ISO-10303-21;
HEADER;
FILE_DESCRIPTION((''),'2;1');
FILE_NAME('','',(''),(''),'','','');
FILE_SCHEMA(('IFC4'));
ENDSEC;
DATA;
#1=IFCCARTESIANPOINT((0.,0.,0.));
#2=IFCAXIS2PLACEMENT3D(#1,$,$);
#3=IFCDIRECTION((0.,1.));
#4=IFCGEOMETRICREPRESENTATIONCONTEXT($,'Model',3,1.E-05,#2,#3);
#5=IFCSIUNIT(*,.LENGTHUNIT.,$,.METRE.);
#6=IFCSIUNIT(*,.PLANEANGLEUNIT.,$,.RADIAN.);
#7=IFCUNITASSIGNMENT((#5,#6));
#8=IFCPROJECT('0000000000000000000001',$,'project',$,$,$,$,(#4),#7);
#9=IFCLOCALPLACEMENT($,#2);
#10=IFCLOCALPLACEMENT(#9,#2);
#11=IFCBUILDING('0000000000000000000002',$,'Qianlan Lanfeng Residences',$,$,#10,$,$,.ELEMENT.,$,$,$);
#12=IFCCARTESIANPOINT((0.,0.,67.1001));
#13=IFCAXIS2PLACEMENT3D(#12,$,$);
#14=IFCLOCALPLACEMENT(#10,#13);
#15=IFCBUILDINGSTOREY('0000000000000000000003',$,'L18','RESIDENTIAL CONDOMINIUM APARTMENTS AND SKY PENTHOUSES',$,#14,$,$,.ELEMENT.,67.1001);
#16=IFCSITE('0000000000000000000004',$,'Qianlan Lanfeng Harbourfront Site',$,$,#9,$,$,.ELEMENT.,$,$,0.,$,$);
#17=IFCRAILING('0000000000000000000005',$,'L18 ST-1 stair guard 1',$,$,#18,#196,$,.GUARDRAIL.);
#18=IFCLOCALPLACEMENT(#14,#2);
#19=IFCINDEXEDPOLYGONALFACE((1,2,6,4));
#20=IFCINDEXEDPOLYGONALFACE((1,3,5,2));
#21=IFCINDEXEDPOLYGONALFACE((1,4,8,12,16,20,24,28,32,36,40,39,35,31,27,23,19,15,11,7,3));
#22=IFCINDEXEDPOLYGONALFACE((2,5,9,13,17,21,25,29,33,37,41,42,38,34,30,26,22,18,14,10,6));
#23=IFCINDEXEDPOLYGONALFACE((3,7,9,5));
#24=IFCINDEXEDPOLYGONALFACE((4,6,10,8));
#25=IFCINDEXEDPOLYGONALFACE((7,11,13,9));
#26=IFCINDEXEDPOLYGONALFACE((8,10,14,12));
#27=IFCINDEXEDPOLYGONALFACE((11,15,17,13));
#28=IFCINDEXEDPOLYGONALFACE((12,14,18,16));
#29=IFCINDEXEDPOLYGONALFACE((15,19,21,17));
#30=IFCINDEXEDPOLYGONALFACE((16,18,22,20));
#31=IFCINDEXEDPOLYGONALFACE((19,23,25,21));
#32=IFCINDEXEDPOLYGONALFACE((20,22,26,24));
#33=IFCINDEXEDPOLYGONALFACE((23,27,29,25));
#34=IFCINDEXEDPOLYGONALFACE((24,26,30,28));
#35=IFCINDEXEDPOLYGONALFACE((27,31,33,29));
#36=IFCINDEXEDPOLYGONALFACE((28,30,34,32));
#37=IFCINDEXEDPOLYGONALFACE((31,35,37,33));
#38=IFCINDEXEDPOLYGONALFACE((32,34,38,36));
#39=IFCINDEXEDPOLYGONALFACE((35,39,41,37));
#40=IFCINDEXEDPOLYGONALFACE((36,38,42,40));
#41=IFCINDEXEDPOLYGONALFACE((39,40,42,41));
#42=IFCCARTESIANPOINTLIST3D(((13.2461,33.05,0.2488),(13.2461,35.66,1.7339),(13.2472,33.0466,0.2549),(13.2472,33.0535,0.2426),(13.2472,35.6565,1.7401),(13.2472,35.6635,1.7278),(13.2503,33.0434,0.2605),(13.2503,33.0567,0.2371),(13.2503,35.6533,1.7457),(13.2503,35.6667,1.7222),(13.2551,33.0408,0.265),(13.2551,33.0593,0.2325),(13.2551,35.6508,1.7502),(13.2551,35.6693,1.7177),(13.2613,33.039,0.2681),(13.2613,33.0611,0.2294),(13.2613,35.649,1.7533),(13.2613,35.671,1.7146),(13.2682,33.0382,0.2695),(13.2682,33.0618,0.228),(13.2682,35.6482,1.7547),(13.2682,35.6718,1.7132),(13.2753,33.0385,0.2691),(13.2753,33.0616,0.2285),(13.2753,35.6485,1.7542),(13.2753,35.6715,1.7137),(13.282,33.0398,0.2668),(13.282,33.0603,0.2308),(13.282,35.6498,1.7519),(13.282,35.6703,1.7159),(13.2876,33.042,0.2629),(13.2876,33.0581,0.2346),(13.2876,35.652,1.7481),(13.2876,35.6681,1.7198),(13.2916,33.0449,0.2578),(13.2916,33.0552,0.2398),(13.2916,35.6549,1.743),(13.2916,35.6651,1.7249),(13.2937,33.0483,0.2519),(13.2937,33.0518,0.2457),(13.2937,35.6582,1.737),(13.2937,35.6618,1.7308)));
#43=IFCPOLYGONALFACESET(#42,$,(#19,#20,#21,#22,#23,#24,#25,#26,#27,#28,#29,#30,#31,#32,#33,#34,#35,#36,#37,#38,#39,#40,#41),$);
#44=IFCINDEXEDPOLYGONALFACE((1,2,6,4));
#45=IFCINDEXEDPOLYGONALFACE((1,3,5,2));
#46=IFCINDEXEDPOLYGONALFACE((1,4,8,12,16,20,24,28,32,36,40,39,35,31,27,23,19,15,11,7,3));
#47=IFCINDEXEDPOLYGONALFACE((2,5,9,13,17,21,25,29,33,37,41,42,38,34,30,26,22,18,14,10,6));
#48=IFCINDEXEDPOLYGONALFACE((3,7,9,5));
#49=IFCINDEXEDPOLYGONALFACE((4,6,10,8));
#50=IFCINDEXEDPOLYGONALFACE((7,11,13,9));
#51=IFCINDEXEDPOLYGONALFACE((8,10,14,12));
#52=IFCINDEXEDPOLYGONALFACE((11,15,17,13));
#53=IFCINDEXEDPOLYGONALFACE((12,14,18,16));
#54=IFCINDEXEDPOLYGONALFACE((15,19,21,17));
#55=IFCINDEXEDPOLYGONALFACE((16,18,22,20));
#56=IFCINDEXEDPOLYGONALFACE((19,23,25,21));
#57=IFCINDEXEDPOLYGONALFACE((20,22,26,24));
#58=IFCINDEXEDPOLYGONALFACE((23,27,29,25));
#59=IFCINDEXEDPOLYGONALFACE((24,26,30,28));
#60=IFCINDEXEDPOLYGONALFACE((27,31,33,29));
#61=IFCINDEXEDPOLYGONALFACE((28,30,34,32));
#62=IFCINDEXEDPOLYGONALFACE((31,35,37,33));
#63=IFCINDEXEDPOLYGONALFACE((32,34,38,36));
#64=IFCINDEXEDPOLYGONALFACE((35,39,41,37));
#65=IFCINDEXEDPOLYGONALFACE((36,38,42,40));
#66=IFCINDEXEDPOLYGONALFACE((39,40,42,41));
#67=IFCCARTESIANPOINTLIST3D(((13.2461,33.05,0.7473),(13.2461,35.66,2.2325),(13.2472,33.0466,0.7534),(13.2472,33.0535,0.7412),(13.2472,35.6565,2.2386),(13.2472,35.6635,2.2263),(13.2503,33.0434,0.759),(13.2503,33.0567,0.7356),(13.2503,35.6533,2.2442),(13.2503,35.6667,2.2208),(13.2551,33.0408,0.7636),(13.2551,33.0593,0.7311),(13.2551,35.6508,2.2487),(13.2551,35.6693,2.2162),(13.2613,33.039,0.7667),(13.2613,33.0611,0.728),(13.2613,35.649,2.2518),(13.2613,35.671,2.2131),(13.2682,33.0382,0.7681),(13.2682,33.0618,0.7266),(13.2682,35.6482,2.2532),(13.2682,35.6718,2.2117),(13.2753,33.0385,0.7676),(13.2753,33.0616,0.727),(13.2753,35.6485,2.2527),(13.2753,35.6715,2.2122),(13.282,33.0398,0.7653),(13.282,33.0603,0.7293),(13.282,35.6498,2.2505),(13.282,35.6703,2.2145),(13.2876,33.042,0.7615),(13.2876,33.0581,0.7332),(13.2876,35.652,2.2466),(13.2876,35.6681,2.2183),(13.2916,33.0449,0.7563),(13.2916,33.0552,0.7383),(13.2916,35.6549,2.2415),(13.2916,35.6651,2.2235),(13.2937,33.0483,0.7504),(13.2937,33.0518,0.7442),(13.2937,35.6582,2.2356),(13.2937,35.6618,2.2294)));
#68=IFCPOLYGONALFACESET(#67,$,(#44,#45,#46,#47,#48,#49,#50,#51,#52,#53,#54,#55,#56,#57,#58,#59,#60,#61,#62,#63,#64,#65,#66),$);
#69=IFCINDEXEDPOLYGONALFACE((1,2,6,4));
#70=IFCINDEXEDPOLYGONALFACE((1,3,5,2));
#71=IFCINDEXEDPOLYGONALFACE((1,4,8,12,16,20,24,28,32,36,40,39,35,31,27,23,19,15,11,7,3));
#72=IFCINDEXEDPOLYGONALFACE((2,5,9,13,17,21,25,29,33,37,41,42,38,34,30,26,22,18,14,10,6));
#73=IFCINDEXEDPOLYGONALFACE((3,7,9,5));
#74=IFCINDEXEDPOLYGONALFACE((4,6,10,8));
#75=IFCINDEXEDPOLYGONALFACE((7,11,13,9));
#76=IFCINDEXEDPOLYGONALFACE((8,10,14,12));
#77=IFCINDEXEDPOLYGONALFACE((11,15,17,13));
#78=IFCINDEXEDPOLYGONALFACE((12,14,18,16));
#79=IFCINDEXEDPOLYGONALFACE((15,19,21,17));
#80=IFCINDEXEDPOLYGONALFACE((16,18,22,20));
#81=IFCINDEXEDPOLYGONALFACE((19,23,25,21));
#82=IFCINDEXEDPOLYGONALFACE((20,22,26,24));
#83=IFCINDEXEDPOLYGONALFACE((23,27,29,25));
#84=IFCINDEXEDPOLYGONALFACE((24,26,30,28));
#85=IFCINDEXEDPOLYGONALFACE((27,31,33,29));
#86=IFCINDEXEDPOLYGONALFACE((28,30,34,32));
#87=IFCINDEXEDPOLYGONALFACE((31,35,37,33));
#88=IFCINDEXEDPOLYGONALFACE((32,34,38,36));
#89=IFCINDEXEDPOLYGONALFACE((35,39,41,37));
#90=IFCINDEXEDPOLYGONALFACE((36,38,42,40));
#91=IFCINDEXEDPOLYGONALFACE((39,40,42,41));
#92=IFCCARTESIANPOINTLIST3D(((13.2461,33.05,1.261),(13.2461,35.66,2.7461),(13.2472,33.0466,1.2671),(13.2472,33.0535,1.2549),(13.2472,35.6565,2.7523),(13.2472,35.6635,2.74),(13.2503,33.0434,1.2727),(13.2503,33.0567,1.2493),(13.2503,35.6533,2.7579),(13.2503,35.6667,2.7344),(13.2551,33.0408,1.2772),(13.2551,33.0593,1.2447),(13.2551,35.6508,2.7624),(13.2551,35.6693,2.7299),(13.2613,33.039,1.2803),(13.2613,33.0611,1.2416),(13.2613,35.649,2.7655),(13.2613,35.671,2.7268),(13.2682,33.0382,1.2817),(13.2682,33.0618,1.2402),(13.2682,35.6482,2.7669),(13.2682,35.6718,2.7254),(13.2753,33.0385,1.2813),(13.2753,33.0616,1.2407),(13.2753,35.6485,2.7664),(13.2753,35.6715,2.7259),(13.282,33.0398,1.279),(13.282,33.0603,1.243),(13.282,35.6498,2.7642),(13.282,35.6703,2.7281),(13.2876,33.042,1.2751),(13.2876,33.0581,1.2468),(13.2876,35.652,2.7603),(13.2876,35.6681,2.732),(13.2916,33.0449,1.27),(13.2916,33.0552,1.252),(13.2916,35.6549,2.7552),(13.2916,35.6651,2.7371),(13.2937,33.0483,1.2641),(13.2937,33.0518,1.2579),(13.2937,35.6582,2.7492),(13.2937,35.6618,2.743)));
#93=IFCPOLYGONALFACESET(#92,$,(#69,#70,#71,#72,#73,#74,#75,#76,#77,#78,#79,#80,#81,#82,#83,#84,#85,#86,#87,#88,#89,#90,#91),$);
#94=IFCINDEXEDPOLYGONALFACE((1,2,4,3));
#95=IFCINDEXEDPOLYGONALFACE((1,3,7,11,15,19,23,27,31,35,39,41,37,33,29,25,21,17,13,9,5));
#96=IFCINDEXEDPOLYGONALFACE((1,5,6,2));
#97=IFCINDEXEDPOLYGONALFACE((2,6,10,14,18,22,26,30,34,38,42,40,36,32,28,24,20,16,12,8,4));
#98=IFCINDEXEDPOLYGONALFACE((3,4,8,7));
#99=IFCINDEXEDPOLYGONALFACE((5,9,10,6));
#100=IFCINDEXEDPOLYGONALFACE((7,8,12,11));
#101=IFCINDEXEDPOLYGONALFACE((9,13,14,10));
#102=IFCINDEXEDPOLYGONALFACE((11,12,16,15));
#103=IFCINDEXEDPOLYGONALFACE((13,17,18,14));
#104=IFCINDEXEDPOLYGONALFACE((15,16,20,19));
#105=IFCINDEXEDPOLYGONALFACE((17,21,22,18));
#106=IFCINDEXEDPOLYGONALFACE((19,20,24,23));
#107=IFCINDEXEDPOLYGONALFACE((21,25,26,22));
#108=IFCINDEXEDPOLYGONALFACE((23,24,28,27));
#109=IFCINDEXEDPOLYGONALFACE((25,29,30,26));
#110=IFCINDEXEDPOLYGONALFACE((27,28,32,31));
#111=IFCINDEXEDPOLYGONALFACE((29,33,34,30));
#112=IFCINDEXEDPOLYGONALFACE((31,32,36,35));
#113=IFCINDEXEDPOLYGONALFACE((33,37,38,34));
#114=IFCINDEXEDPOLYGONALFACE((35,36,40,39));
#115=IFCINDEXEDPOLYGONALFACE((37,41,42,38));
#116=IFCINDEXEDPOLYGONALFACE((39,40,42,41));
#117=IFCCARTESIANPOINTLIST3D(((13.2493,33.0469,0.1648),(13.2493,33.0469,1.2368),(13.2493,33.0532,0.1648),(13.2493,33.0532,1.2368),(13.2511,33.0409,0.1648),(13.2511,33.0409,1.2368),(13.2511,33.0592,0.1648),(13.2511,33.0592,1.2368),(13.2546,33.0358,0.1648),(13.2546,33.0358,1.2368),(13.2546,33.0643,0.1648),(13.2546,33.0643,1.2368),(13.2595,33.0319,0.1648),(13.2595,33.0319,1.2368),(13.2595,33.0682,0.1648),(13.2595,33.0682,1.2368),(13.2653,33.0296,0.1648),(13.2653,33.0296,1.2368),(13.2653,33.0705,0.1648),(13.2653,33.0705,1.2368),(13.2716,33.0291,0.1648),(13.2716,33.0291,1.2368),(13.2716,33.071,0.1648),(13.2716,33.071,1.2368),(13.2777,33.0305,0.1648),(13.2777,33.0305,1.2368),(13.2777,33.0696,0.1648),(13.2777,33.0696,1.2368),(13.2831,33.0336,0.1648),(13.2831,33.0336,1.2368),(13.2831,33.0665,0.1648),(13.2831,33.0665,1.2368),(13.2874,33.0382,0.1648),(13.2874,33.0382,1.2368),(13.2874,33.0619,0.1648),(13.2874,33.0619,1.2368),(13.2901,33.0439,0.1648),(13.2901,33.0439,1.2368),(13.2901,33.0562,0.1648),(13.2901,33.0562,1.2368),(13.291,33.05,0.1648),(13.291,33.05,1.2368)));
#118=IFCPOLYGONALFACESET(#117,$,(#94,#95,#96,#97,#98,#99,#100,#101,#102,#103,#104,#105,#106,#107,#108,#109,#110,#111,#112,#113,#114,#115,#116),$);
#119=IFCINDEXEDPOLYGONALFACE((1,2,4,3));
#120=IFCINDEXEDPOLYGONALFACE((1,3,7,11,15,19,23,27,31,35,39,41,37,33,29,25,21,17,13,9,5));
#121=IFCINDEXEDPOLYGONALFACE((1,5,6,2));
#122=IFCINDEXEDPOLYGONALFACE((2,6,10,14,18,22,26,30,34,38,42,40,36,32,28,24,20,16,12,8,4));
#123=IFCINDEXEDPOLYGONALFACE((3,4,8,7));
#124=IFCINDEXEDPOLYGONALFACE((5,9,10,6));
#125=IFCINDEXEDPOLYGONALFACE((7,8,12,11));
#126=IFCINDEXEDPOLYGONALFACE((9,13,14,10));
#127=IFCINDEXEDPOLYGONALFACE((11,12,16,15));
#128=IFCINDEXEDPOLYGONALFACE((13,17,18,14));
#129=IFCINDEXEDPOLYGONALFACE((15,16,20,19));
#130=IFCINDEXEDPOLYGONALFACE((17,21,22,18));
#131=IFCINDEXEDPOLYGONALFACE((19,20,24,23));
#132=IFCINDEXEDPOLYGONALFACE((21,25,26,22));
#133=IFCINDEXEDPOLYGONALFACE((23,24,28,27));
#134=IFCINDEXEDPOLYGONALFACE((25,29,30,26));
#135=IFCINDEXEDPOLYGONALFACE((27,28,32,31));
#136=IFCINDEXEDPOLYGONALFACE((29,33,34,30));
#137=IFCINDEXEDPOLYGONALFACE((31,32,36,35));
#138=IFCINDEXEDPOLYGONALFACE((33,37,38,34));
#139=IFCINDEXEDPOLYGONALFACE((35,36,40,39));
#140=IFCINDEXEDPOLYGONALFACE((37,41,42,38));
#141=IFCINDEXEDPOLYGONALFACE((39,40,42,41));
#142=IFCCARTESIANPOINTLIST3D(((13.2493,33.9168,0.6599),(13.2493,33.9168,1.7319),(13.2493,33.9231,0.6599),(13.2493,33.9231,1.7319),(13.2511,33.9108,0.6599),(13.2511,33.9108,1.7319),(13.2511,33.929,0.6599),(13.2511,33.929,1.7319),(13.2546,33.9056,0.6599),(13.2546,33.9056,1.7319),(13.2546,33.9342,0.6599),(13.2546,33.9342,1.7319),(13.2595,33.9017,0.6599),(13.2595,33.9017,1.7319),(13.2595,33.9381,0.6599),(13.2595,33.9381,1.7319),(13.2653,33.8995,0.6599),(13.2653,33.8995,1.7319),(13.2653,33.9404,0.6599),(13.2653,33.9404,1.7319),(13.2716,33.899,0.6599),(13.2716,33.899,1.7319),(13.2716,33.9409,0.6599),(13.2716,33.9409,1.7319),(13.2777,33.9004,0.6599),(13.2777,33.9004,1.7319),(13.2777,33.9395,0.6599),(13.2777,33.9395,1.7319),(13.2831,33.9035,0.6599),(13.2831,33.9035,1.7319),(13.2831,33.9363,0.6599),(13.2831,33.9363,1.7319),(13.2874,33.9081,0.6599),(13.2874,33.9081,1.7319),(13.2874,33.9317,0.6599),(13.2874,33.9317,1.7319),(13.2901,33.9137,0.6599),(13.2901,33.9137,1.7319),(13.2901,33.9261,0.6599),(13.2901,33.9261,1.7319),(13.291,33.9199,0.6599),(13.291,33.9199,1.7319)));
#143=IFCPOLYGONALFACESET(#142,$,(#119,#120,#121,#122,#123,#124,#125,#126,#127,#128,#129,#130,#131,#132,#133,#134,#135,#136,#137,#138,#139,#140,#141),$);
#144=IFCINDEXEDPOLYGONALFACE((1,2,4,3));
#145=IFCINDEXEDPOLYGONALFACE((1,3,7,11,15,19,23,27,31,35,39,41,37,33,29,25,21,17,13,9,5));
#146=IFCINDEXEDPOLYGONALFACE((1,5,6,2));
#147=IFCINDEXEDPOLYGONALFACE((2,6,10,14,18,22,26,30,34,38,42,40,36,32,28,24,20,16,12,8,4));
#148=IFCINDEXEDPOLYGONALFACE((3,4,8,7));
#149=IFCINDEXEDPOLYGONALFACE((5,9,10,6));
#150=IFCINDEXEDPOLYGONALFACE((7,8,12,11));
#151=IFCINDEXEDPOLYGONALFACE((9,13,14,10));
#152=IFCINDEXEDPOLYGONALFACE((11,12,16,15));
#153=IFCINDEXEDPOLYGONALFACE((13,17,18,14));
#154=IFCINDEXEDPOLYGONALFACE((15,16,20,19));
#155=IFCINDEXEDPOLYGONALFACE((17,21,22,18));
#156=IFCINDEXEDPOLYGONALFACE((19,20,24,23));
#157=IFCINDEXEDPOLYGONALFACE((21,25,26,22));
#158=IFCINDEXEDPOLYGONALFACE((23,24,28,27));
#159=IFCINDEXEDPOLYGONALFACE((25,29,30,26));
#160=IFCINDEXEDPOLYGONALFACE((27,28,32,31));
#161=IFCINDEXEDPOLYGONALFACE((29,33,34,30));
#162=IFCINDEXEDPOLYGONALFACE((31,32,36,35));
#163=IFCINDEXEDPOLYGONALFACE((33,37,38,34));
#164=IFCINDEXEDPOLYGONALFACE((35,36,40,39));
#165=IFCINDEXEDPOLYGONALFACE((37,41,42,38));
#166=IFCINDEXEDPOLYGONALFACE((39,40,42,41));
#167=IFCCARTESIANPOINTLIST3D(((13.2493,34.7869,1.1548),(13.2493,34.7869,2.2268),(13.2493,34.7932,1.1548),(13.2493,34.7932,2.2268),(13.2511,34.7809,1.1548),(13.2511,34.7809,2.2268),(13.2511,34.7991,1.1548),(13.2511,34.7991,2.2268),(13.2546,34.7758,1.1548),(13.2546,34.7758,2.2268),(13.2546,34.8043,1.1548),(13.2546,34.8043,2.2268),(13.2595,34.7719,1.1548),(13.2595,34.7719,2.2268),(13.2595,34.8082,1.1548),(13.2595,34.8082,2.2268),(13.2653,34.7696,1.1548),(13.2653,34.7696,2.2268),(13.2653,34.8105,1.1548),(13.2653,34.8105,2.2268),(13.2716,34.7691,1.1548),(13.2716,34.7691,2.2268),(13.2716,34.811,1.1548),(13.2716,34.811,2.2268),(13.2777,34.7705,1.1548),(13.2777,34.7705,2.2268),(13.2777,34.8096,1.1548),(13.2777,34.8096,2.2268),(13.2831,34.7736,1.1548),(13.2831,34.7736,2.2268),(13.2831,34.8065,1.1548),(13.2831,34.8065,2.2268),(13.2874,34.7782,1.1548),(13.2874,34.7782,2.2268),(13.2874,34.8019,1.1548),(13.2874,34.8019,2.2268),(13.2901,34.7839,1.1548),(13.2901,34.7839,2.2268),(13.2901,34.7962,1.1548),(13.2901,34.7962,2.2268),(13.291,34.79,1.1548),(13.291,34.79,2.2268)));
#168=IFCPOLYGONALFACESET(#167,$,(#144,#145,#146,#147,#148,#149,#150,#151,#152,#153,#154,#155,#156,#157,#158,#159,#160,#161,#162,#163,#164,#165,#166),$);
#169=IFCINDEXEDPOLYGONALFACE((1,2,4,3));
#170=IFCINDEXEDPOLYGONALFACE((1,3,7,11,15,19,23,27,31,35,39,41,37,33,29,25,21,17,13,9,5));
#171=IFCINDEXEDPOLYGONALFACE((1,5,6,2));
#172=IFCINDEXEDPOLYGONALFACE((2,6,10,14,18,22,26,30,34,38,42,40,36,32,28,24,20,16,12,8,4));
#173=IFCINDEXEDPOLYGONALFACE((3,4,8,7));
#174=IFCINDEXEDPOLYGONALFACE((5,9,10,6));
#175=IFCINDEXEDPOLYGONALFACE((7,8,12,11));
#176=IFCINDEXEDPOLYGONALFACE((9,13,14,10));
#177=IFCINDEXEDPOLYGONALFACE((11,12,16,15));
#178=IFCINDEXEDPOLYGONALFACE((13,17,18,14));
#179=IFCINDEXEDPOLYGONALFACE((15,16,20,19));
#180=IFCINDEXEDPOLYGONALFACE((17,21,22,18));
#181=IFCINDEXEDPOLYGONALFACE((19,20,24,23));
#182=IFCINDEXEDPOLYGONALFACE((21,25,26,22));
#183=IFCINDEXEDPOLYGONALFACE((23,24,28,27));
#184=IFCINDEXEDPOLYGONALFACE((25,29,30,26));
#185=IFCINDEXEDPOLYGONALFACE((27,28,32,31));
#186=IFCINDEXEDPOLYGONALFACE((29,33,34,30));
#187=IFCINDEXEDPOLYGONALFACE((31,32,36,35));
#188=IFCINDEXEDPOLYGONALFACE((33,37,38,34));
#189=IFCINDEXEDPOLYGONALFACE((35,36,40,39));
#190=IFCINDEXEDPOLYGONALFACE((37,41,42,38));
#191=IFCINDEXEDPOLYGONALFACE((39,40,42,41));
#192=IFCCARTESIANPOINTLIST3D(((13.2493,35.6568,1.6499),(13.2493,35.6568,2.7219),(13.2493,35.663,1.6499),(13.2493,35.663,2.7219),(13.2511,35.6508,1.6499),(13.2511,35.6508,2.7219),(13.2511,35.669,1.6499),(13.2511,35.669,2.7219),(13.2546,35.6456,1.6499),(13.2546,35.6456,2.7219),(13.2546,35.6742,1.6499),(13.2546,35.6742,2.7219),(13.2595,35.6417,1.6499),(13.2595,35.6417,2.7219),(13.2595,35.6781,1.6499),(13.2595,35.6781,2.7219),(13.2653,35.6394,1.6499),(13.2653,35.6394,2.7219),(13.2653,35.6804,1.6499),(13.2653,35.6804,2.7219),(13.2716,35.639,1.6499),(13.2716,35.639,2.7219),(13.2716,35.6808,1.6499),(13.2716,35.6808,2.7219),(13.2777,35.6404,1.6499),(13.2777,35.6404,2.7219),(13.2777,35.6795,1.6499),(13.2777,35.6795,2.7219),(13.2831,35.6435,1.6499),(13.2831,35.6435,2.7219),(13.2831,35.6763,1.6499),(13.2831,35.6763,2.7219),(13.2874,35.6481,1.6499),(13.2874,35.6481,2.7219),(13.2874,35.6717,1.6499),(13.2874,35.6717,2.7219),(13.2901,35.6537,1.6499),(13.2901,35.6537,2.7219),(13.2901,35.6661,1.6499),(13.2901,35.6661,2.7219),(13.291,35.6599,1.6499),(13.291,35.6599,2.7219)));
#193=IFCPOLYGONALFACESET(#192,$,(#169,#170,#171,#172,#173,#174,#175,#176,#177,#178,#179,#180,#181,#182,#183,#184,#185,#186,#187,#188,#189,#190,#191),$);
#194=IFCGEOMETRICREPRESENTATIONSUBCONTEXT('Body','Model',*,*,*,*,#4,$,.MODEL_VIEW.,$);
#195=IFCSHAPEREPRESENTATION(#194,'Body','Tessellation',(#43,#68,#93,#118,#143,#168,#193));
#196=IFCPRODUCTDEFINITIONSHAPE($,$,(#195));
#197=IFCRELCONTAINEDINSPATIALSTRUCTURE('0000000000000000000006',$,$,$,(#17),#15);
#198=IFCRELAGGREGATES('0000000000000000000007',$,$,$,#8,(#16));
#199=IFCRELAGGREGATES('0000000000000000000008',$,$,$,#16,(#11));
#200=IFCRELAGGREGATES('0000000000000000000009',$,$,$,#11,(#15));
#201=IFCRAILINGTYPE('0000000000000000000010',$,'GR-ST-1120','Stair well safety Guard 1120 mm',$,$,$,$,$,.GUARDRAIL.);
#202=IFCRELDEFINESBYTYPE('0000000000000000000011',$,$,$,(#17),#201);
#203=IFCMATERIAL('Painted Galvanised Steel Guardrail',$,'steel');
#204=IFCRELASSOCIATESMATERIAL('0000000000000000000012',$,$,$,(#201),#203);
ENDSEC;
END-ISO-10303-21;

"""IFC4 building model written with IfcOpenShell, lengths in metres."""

from ifc_helpers import new_model, si_unit, direction, frame, origin, origin_2d, place, context, subcontext, project, spatial, circle, extrude, material, type_object, element, save


model = new_model("IFC4")

# Units and contexts
model_context = context("Model", 3, precision=1e-05, world=origin(), true_north=direction((0.0, 1.0)))
body_context = subcontext(model_context, "Body", "Model", "MODEL_VIEW")
ifc_project = project(units=[si_unit("LENGTHUNIT", "METRE"), si_unit("PLANEANGLEUNIT", "RADIAN")], contexts=[model_context])

# Site, building, storey
site_placement = place(None, origin())
site = spatial("IfcSite", under=ifc_project, at=site_placement, Name="Qianlan Lanfeng Harbourfront Site", CompositionType="ELEMENT", RefElevation=0.0)
building_placement = place(site_placement, origin())
building = spatial("IfcBuilding", under=site, at=building_placement, Name="Qianlan Lanfeng Residences", CompositionType="ELEMENT")
storey_placement = place(building_placement, frame((0.0, 0.0, 67.1001)))
storey = spatial("IfcBuildingStorey", under=building, at=storey_placement, Name="L18", Description="RESIDENTIAL CONDOMINIUM APARTMENTS AND SKY PENTHOUSES", CompositionType="ELEMENT", Elevation=67.1001)

# Railing
ifc_material_1 = material(Name="Painted Galvanised Steel Guardrail", Category="steel")
railing_type_1 = type_object("IfcRailingType", Name="GR-ST-1120", Description="Stair well safety Guard 1120 mm", PredefinedType="GUARDRAIL", material=ifc_material_1)
railing_1_placement = place(storey_placement, frame((13.27, 33.05, 0.1648)))
element("IfcRailing", 1, at=railing_1_placement, inside=storey, type_object=railing_type_1, Name="L18 ST-1 stair guard 1", PredefinedType="GUARDRAIL", context=body_context, shape_type="SweptSolid", body=[
    extrude(circle(Radius=0.0239, at=origin_2d()), frame((0.0, 0.0, 0.084), z_axis=(0.0, 0.869137, 0.494571), x_axis=(-1.0, 0.0, 0.0)), (0.0, 0.0, 1.0), 3.0029),
    extrude(circle(Radius=0.0239, at=origin_2d()), frame((0.0, 0.0, 0.5825), z_axis=(0.0, 0.869137, 0.494571), x_axis=(-1.0, 0.0, 0.0)), (0.0, 0.0, 1.0), 3.0029),
    extrude(circle(Radius=0.0239, at=origin_2d()), frame((0.0, 0.0, 1.0962), z_axis=(0.0, 0.869137, 0.494571), x_axis=(-1.0, 0.0, 0.0)), (0.0, 0.0, 1.0), 3.0029),
    extrude(circle(Radius=0.021, at=origin_2d()), origin(), (0.0, 0.0, 1.0), 1.072),
    extrude(circle(Radius=0.021, at=origin_2d()), frame((0.0, 0.8699, 0.4951)), (0.0, 0.0, 1.0), 1.072),
    extrude(circle(Radius=0.021, at=origin_2d()), frame((0.0, 1.74, 0.99)), (0.0, 0.0, 1.0), 1.072),
    extrude(circle(Radius=0.021, at=origin_2d()), frame((0.0, 2.6099, 1.4851)), (0.0, 0.0, 1.0), 1.072),
])

save(model, "model.ifc")
